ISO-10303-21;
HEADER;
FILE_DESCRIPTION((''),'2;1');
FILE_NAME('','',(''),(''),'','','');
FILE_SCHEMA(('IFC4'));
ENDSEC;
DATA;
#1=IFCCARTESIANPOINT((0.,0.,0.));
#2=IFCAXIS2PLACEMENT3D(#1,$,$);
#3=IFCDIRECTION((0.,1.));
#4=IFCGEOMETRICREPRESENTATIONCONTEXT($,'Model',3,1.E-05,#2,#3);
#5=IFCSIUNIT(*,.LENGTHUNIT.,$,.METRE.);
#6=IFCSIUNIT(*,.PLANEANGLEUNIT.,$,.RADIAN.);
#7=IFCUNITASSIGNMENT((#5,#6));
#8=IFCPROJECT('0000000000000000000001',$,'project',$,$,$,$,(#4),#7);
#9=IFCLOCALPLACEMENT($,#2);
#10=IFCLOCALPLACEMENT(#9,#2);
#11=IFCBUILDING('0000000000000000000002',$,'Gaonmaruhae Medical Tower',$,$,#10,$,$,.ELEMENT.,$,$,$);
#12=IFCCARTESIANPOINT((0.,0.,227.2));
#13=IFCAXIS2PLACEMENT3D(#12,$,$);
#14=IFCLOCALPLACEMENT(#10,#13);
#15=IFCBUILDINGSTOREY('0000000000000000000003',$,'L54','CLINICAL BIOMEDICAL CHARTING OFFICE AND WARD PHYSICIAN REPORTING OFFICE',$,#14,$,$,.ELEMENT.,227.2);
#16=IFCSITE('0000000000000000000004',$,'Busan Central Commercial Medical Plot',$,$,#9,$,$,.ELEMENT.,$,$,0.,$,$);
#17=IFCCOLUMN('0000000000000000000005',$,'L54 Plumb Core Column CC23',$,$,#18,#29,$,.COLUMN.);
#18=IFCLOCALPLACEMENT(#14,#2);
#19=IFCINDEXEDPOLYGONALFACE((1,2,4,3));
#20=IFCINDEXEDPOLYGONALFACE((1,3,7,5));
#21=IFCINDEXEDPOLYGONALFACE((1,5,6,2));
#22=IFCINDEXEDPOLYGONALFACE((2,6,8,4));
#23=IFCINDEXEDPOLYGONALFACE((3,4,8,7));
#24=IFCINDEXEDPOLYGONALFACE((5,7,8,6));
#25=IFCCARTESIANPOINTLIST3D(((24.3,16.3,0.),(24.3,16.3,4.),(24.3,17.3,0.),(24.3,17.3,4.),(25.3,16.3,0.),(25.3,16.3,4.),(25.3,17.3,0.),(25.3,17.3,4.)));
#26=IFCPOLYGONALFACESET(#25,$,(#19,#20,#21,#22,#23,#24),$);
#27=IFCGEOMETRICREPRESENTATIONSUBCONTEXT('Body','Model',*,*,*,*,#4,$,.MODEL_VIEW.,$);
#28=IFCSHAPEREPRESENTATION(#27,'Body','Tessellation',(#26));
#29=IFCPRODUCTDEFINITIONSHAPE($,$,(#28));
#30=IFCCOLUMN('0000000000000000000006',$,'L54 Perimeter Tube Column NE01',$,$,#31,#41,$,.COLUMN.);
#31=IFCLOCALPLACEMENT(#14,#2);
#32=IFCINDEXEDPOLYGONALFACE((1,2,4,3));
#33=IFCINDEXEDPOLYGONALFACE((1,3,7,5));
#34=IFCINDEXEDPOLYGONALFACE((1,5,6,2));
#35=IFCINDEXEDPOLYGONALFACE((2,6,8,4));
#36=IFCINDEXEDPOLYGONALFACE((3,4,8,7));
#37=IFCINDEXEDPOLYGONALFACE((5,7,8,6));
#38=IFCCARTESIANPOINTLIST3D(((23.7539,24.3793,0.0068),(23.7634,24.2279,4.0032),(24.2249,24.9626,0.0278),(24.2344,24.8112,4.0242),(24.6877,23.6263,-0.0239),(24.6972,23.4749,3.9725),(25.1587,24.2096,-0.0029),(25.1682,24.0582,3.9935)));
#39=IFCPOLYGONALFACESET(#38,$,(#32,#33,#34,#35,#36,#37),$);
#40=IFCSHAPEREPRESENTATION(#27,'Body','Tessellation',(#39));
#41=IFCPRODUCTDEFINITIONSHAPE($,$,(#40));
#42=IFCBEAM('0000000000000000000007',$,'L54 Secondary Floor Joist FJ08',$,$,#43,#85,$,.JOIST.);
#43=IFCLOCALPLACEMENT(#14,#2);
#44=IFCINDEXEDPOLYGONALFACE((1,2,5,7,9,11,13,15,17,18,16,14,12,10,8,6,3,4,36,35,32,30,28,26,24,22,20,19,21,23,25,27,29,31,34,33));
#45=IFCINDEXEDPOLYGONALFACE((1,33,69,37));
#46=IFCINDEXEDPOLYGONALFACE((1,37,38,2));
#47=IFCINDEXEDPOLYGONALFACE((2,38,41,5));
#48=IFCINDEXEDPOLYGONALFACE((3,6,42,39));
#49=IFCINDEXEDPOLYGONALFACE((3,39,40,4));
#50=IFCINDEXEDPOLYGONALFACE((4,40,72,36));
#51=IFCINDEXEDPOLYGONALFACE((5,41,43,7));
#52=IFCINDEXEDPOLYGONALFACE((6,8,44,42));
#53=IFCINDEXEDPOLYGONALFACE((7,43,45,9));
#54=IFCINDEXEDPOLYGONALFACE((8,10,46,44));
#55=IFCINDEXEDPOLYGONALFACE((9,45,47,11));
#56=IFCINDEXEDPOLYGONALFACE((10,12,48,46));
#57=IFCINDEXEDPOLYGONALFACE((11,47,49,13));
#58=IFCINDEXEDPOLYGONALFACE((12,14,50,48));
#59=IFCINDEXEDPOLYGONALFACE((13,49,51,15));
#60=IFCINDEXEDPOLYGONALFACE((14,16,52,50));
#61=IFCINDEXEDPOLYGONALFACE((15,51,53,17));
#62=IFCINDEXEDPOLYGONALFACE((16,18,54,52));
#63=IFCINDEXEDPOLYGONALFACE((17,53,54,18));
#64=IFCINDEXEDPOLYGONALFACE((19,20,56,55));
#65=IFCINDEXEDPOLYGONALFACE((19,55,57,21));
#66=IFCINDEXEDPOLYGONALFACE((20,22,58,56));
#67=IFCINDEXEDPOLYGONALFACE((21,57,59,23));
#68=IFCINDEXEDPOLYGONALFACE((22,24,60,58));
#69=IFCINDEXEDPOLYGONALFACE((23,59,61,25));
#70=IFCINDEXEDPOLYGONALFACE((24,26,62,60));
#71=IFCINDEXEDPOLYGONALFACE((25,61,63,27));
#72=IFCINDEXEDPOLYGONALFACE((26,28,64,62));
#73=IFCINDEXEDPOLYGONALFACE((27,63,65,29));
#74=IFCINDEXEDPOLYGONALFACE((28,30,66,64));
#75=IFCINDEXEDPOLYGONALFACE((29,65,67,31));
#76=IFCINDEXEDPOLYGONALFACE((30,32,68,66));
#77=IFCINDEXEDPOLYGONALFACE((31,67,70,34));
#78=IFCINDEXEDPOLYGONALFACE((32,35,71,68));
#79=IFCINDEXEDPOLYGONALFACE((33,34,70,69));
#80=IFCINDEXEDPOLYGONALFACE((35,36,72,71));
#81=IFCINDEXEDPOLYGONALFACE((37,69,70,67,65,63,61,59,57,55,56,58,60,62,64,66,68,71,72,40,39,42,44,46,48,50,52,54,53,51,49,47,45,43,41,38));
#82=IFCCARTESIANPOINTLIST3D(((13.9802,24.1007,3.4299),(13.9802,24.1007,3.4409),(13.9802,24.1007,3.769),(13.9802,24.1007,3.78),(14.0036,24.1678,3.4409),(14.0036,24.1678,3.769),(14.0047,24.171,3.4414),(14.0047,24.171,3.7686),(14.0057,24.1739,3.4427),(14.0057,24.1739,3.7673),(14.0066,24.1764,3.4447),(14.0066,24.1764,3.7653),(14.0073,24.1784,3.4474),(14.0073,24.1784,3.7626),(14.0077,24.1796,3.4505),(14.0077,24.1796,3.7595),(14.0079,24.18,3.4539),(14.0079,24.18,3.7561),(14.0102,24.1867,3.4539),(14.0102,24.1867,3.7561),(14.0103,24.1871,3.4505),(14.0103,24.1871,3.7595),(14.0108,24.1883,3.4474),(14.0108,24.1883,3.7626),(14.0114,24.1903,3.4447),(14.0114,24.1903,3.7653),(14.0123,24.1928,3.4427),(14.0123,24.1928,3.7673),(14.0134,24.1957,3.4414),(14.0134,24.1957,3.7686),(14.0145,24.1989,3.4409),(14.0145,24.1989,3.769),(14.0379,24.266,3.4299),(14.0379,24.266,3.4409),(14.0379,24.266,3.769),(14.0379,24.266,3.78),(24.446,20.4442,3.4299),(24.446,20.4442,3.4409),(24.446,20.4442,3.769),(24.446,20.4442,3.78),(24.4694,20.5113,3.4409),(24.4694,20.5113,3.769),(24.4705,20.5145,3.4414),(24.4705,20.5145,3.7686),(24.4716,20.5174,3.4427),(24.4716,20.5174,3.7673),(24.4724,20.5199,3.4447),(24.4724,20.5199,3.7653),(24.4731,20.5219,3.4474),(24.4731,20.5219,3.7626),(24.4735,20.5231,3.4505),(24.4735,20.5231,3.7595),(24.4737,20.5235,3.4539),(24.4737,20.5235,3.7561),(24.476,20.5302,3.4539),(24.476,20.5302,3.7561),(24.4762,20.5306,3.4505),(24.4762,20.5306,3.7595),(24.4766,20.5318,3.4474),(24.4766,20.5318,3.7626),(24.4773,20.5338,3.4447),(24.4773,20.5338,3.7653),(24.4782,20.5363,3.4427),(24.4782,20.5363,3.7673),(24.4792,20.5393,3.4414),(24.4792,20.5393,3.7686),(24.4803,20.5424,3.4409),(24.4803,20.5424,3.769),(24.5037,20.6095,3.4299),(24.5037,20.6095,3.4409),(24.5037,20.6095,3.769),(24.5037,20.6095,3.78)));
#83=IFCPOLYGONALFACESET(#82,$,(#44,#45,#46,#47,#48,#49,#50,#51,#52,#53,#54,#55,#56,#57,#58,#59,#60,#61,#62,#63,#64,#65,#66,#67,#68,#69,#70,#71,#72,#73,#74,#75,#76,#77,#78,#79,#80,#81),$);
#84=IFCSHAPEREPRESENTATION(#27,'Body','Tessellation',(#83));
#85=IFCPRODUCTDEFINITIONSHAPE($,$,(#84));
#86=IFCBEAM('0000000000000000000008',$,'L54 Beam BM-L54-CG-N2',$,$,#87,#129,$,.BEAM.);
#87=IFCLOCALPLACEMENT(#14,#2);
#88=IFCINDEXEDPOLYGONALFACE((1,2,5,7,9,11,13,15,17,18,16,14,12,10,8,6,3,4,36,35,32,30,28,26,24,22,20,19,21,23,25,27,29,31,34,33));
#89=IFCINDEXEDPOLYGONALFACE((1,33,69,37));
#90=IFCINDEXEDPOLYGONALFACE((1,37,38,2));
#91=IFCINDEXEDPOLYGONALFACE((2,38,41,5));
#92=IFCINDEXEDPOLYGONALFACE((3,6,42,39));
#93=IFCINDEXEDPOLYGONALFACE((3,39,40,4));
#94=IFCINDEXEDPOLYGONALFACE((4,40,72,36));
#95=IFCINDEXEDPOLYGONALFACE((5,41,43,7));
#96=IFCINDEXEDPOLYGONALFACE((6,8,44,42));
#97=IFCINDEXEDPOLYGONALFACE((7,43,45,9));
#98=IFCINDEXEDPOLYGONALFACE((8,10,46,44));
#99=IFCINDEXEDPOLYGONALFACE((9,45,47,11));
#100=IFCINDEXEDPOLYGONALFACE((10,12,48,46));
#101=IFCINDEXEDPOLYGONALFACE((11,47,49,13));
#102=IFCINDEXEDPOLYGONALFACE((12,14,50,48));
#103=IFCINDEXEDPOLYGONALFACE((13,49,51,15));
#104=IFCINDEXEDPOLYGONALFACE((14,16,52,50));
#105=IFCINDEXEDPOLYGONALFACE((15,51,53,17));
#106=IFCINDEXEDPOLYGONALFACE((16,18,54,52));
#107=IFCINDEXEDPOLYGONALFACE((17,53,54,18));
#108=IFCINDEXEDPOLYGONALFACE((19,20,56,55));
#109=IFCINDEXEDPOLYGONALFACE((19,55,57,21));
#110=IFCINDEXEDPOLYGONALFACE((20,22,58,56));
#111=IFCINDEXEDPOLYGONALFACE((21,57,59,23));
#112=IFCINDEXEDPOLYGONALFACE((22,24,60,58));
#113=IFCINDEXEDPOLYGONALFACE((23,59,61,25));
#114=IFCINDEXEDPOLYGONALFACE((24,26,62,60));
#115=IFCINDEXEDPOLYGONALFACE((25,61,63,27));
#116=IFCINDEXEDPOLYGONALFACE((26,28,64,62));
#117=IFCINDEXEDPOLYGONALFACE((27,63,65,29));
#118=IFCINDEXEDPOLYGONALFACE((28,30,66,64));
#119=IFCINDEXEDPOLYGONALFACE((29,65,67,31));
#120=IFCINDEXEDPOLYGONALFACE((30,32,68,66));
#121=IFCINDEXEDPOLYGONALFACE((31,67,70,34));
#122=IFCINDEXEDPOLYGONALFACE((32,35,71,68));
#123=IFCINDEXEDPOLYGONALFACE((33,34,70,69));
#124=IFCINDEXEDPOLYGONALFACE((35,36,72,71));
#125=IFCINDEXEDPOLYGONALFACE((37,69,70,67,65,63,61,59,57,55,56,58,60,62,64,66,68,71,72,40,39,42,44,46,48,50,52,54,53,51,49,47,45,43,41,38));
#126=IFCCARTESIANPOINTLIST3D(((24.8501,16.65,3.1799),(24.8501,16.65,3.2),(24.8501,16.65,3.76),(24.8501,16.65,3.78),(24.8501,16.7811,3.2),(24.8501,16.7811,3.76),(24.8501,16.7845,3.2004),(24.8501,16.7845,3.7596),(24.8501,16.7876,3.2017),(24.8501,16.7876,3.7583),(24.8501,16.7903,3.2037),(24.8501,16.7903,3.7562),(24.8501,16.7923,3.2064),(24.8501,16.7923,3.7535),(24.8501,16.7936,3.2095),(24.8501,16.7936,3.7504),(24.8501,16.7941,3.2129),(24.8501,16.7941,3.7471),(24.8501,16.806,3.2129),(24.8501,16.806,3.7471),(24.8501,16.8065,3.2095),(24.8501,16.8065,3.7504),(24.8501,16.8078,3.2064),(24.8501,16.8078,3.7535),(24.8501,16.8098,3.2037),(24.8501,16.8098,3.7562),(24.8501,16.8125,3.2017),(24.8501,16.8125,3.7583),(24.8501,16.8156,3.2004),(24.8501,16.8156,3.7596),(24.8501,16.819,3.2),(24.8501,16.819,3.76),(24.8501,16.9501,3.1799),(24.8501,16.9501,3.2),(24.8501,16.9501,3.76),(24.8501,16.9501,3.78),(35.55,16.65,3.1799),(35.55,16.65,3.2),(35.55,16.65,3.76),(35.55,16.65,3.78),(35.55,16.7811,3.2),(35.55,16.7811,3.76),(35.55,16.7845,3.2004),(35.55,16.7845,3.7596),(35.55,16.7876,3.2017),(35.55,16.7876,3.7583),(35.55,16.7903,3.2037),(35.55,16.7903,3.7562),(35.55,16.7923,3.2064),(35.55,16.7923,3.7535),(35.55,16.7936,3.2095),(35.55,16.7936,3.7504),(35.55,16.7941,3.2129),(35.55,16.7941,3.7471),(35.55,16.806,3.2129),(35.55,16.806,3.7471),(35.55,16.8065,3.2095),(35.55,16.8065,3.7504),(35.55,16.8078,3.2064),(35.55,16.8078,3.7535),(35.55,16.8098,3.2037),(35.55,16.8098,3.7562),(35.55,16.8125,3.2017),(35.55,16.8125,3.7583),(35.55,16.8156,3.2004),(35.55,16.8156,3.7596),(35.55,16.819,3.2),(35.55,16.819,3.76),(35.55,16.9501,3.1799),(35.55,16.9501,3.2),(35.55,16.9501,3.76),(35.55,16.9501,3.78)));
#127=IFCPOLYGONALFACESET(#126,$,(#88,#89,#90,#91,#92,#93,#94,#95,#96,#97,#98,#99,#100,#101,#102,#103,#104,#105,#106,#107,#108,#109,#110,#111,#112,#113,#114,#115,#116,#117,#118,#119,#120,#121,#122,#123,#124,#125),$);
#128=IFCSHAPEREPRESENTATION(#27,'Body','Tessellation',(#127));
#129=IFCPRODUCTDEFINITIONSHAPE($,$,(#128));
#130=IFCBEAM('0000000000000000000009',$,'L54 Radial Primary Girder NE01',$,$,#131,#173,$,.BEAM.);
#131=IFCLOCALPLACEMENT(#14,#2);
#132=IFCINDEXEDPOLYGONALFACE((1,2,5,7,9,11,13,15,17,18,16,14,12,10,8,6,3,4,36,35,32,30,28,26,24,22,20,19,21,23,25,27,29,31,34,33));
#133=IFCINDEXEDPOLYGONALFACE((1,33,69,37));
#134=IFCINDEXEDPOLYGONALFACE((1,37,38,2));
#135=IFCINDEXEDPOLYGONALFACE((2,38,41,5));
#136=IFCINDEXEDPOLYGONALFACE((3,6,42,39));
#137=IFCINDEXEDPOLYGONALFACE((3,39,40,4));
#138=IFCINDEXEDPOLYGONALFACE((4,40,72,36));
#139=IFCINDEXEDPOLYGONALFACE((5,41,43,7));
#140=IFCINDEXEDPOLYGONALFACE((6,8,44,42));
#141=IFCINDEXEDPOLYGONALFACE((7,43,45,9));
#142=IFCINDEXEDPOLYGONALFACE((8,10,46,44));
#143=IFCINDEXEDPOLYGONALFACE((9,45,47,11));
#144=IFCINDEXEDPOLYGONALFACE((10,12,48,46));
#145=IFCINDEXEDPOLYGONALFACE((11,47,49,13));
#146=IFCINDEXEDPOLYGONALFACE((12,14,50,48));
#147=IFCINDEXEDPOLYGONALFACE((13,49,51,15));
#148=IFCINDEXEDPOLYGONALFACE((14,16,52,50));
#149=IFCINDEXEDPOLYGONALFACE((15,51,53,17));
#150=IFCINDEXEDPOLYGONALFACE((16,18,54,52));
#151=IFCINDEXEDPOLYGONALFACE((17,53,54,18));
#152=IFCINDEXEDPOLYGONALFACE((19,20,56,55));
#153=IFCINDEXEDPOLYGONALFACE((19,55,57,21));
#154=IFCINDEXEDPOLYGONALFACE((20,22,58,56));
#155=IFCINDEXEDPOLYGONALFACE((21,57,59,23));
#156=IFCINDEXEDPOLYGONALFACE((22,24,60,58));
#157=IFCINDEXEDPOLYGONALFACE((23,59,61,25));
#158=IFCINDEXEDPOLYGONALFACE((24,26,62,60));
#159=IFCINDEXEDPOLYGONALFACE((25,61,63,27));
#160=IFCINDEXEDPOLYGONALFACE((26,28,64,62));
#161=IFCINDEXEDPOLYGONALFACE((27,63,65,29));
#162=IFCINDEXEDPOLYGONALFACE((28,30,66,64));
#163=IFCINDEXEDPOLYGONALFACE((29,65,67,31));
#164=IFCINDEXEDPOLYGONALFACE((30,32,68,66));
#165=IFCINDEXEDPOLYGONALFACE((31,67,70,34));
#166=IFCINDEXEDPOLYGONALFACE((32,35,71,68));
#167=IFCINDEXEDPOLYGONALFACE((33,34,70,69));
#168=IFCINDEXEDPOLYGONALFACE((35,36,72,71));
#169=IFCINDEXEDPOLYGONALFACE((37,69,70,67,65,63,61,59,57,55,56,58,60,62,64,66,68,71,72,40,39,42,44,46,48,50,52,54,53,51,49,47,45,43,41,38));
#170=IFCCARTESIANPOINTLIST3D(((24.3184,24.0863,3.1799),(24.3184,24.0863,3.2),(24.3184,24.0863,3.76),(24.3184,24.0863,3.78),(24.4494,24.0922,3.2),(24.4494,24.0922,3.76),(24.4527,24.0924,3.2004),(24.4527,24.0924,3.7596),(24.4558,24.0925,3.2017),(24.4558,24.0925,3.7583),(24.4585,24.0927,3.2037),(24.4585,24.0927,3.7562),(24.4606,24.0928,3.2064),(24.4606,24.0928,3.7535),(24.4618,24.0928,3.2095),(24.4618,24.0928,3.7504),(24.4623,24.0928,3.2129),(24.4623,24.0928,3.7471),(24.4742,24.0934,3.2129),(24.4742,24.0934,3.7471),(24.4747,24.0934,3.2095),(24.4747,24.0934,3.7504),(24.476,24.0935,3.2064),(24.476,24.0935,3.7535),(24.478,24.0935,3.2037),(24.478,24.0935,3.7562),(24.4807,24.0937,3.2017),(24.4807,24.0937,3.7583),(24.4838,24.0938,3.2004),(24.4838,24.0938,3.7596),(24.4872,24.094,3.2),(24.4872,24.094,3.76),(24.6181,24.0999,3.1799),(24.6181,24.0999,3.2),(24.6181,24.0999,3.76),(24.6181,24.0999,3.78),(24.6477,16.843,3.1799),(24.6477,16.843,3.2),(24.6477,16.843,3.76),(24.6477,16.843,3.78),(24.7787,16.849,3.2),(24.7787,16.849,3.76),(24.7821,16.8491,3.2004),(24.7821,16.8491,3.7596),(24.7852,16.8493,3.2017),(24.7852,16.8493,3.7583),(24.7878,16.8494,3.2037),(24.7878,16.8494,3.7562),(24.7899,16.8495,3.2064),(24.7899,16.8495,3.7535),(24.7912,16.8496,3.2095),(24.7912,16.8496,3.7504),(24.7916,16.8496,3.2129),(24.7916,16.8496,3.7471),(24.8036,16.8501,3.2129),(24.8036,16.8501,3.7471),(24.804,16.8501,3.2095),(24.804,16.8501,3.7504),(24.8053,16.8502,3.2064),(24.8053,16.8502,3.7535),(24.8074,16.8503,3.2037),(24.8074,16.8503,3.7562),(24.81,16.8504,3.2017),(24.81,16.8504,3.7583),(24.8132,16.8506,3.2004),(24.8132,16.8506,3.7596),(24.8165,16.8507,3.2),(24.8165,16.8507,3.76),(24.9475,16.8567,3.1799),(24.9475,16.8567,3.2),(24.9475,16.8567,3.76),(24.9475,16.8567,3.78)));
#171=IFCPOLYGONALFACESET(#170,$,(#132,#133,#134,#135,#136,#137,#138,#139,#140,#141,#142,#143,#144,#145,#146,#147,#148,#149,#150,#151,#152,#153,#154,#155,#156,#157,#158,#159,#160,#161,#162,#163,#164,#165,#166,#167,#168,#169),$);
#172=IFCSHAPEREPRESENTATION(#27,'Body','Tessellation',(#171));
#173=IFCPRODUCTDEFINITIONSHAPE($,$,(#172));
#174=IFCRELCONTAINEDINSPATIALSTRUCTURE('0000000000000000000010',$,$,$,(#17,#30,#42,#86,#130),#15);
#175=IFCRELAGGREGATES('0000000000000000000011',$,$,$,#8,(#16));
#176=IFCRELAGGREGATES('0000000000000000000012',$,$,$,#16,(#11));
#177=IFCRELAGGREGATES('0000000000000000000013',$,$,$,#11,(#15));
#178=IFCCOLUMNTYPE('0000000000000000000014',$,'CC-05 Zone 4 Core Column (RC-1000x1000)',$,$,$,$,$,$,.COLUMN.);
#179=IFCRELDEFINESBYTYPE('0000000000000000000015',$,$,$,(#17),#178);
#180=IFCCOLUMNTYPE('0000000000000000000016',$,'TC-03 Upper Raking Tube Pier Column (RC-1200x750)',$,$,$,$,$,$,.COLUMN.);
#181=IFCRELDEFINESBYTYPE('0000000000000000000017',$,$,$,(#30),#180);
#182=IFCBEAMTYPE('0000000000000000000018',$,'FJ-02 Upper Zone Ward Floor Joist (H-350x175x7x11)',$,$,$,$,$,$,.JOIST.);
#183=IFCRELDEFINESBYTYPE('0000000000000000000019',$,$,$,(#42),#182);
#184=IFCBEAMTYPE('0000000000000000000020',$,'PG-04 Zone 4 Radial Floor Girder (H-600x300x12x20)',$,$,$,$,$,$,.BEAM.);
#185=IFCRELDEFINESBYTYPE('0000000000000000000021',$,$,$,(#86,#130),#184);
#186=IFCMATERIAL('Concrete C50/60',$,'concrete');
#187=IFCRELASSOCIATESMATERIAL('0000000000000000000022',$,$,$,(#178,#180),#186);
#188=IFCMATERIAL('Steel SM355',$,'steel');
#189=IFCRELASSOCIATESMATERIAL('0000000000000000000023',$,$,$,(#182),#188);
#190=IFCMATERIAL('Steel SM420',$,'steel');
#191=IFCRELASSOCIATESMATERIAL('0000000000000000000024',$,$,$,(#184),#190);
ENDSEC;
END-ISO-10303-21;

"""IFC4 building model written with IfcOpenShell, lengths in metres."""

from ifc_helpers import new_model, si_unit, direction, frame, origin, origin_2d, place, context, subcontext, project, spatial, rectangle, i_section, extrude, material, material_profile, profile_set, type_object, element, save


model = new_model("IFC4")

# Units and contexts
model_context = context("Model", 3, precision=1e-05, world=origin(), true_north=direction((0.0, 1.0)))
body_context = subcontext(model_context, "Body", "Model", "MODEL_VIEW")
ifc_project = project(units=[si_unit("LENGTHUNIT", "METRE"), si_unit("PLANEANGLEUNIT", "RADIAN")], contexts=[model_context])

# Site, building, storey
site_placement = place(None, origin())
site = spatial("IfcSite", under=ifc_project, at=site_placement, Name="Busan Central Commercial Medical Plot", CompositionType="ELEMENT", RefElevation=0.0)
building_placement = place(site_placement, origin())
building = spatial("IfcBuilding", under=site, at=building_placement, Name="Gaonmaruhae Medical Tower", CompositionType="ELEMENT")
storey_placement = place(building_placement, frame((0.0, 0.0, 227.2)))
storey = spatial("IfcBuildingStorey", under=building, at=storey_placement, Name="L54", Description="CLINICAL BIOMEDICAL CHARTING OFFICE AND WARD PHYSICIAN REPORTING OFFICE", CompositionType="ELEMENT", Elevation=227.2)

# Columns
ifc_material_1 = material(Name="Concrete C50/60", Category="concrete")
ifc_material_profile_1 = material_profile(ifc_material_1, rectangle(XDim=1.0, YDim=1.0, at=origin_2d()), Name="RC-1000x1000")
ifc_profile_set_1 = profile_set([ifc_material_profile_1], Name="Concrete C50/60")
column_type_1 = type_object("IfcColumnType", Name="CC-05 Zone 4 Core Column (RC-1000x1000)", PredefinedType="COLUMN", material=ifc_profile_set_1)
column_1_placement = place(storey_placement, frame((24.8, 16.8, 0.0), z_axis=(0.0, 0.0, 1.0), x_axis=(1.0, 0.0, 0.0)))
element("IfcColumn", 1, at=column_1_placement, inside=storey, type_object=column_type_1, Name="L54 Plumb Core Column CC23", PredefinedType="COLUMN", context=body_context, shape_type="SweptSolid", body=[
    extrude(rectangle(XDim=1.0, YDim=1.0, at=origin_2d()), origin(), (0.0, 0.0, 1.0), 4.0),
])
ifc_material_profile_2 = material_profile(ifc_material_1, rectangle(XDim=1.2, YDim=0.75, at=origin_2d()), Name="RC-1200x750")
ifc_profile_set_2 = profile_set([ifc_material_profile_2], Name="Concrete C50/60")
column_type_2 = type_object("IfcColumnType", Name="TC-03 Upper Raking Tube Pier Column (RC-1200x750)", PredefinedType="COLUMN", material=ifc_profile_set_2)
column_2_placement = place(storey_placement, frame((24.4563, 24.2944, 0.002), z_axis=(0.002381, -0.037849, 0.999281), x_axis=(-0.778205, 0.627487, 0.025621)))
element("IfcColumn", 2, at=column_2_placement, inside=storey, type_object=column_type_2, Name="L54 Perimeter Tube Column NE01", PredefinedType="COLUMN", context=body_context, shape_type="SweptSolid", body=[
    extrude(rectangle(XDim=1.2, YDim=0.75, at=origin_2d()), origin(), (0.0, 0.0, 1.0), 3.9993),
])

# Beams
ifc_material_2 = material(Name="Steel SM355", Category="steel")
ifc_material_profile_3 = material_profile(ifc_material_2, i_section(OverallWidth=0.175, OverallDepth=0.3501, WebThickness=0.0071, FlangeThickness=0.011, FilletRadius=0.0129, at=origin_2d()), Name="H-350x175x7x11")
ifc_profile_set_3 = profile_set([ifc_material_profile_3], Name="Steel SM355")
beam_type_1 = type_object("IfcBeamType", Name="FJ-02 Upper Zone Ward Floor Joist (H-350x175x7x11)", PredefinedType="JOIST", material=ifc_profile_set_3)
beam_1_placement = place(storey_placement, frame((24.4749, 20.5269, 3.605), z_axis=(-0.944042, 0.329825, 0.0), x_axis=(-0.329825, -0.944042, 0.0)))
element("IfcBeam", 3, at=beam_1_placement, inside=storey, type_object=beam_type_1, Name="L54 Secondary Floor Joist FJ08", PredefinedType="JOIST", context=body_context, shape_type="SweptSolid", body=[
    extrude(i_section(OverallWidth=0.175, OverallDepth=0.3501, WebThickness=0.0071, FlangeThickness=0.011, FilletRadius=0.0129, at=origin_2d()), origin(), (0.0, 0.0, 1.0), 11.0862),
])
ifc_material_3 = material(Name="Steel SM420", Category="steel")
ifc_material_profile_4 = material_profile(ifc_material_3, i_section(OverallWidth=0.3, OverallDepth=0.6001, WebThickness=0.012, FlangeThickness=0.02, FilletRadius=0.0129, at=origin_2d()), Name="H-600x300x12x20")
ifc_profile_set_4 = profile_set([ifc_material_profile_4], Name="Steel SM420")
beam_type_2 = type_object("IfcBeamType", Name="PG-04 Zone 4 Radial Floor Girder (H-600x300x12x20)", PredefinedType="BEAM", material=ifc_profile_set_4)
beam_2_placement = place(storey_placement, frame((24.8501, 16.8, 3.48), z_axis=(1.0, 0.0, 0.0), x_axis=(0.0, 1.0, 0.0)))
element("IfcBeam", 4, at=beam_2_placement, inside=storey, type_object=beam_type_2, Name="L54 Beam BM-L54-CG-N2", PredefinedType="BEAM", context=body_context, shape_type="SweptSolid", body=[
    extrude(i_section(OverallWidth=0.3, OverallDepth=0.6001, WebThickness=0.012, FlangeThickness=0.02, FilletRadius=0.0129, at=origin_2d()), origin(), (0.0, 0.0, 1.0), 10.7),
])
beam_3_placement = place(storey_placement, frame((24.7976, 16.8499, 3.48), z_axis=(-0.045423, 0.998968, 0.0), x_axis=(-0.998968, -0.045423, 0.0)))
element("IfcBeam", 5, at=beam_3_placement, inside=storey, type_object=beam_type_2, Name="L54 Radial Primary Girder NE01", PredefinedType="BEAM", context=body_context, shape_type="SweptSolid", body=[
    extrude(i_section(OverallWidth=0.3, OverallDepth=0.6001, WebThickness=0.012, FlangeThickness=0.02, FilletRadius=0.0129, at=origin_2d()), origin(), (0.0, 0.0, 1.0), 7.2507),
])

save(model, "model.ifc")
